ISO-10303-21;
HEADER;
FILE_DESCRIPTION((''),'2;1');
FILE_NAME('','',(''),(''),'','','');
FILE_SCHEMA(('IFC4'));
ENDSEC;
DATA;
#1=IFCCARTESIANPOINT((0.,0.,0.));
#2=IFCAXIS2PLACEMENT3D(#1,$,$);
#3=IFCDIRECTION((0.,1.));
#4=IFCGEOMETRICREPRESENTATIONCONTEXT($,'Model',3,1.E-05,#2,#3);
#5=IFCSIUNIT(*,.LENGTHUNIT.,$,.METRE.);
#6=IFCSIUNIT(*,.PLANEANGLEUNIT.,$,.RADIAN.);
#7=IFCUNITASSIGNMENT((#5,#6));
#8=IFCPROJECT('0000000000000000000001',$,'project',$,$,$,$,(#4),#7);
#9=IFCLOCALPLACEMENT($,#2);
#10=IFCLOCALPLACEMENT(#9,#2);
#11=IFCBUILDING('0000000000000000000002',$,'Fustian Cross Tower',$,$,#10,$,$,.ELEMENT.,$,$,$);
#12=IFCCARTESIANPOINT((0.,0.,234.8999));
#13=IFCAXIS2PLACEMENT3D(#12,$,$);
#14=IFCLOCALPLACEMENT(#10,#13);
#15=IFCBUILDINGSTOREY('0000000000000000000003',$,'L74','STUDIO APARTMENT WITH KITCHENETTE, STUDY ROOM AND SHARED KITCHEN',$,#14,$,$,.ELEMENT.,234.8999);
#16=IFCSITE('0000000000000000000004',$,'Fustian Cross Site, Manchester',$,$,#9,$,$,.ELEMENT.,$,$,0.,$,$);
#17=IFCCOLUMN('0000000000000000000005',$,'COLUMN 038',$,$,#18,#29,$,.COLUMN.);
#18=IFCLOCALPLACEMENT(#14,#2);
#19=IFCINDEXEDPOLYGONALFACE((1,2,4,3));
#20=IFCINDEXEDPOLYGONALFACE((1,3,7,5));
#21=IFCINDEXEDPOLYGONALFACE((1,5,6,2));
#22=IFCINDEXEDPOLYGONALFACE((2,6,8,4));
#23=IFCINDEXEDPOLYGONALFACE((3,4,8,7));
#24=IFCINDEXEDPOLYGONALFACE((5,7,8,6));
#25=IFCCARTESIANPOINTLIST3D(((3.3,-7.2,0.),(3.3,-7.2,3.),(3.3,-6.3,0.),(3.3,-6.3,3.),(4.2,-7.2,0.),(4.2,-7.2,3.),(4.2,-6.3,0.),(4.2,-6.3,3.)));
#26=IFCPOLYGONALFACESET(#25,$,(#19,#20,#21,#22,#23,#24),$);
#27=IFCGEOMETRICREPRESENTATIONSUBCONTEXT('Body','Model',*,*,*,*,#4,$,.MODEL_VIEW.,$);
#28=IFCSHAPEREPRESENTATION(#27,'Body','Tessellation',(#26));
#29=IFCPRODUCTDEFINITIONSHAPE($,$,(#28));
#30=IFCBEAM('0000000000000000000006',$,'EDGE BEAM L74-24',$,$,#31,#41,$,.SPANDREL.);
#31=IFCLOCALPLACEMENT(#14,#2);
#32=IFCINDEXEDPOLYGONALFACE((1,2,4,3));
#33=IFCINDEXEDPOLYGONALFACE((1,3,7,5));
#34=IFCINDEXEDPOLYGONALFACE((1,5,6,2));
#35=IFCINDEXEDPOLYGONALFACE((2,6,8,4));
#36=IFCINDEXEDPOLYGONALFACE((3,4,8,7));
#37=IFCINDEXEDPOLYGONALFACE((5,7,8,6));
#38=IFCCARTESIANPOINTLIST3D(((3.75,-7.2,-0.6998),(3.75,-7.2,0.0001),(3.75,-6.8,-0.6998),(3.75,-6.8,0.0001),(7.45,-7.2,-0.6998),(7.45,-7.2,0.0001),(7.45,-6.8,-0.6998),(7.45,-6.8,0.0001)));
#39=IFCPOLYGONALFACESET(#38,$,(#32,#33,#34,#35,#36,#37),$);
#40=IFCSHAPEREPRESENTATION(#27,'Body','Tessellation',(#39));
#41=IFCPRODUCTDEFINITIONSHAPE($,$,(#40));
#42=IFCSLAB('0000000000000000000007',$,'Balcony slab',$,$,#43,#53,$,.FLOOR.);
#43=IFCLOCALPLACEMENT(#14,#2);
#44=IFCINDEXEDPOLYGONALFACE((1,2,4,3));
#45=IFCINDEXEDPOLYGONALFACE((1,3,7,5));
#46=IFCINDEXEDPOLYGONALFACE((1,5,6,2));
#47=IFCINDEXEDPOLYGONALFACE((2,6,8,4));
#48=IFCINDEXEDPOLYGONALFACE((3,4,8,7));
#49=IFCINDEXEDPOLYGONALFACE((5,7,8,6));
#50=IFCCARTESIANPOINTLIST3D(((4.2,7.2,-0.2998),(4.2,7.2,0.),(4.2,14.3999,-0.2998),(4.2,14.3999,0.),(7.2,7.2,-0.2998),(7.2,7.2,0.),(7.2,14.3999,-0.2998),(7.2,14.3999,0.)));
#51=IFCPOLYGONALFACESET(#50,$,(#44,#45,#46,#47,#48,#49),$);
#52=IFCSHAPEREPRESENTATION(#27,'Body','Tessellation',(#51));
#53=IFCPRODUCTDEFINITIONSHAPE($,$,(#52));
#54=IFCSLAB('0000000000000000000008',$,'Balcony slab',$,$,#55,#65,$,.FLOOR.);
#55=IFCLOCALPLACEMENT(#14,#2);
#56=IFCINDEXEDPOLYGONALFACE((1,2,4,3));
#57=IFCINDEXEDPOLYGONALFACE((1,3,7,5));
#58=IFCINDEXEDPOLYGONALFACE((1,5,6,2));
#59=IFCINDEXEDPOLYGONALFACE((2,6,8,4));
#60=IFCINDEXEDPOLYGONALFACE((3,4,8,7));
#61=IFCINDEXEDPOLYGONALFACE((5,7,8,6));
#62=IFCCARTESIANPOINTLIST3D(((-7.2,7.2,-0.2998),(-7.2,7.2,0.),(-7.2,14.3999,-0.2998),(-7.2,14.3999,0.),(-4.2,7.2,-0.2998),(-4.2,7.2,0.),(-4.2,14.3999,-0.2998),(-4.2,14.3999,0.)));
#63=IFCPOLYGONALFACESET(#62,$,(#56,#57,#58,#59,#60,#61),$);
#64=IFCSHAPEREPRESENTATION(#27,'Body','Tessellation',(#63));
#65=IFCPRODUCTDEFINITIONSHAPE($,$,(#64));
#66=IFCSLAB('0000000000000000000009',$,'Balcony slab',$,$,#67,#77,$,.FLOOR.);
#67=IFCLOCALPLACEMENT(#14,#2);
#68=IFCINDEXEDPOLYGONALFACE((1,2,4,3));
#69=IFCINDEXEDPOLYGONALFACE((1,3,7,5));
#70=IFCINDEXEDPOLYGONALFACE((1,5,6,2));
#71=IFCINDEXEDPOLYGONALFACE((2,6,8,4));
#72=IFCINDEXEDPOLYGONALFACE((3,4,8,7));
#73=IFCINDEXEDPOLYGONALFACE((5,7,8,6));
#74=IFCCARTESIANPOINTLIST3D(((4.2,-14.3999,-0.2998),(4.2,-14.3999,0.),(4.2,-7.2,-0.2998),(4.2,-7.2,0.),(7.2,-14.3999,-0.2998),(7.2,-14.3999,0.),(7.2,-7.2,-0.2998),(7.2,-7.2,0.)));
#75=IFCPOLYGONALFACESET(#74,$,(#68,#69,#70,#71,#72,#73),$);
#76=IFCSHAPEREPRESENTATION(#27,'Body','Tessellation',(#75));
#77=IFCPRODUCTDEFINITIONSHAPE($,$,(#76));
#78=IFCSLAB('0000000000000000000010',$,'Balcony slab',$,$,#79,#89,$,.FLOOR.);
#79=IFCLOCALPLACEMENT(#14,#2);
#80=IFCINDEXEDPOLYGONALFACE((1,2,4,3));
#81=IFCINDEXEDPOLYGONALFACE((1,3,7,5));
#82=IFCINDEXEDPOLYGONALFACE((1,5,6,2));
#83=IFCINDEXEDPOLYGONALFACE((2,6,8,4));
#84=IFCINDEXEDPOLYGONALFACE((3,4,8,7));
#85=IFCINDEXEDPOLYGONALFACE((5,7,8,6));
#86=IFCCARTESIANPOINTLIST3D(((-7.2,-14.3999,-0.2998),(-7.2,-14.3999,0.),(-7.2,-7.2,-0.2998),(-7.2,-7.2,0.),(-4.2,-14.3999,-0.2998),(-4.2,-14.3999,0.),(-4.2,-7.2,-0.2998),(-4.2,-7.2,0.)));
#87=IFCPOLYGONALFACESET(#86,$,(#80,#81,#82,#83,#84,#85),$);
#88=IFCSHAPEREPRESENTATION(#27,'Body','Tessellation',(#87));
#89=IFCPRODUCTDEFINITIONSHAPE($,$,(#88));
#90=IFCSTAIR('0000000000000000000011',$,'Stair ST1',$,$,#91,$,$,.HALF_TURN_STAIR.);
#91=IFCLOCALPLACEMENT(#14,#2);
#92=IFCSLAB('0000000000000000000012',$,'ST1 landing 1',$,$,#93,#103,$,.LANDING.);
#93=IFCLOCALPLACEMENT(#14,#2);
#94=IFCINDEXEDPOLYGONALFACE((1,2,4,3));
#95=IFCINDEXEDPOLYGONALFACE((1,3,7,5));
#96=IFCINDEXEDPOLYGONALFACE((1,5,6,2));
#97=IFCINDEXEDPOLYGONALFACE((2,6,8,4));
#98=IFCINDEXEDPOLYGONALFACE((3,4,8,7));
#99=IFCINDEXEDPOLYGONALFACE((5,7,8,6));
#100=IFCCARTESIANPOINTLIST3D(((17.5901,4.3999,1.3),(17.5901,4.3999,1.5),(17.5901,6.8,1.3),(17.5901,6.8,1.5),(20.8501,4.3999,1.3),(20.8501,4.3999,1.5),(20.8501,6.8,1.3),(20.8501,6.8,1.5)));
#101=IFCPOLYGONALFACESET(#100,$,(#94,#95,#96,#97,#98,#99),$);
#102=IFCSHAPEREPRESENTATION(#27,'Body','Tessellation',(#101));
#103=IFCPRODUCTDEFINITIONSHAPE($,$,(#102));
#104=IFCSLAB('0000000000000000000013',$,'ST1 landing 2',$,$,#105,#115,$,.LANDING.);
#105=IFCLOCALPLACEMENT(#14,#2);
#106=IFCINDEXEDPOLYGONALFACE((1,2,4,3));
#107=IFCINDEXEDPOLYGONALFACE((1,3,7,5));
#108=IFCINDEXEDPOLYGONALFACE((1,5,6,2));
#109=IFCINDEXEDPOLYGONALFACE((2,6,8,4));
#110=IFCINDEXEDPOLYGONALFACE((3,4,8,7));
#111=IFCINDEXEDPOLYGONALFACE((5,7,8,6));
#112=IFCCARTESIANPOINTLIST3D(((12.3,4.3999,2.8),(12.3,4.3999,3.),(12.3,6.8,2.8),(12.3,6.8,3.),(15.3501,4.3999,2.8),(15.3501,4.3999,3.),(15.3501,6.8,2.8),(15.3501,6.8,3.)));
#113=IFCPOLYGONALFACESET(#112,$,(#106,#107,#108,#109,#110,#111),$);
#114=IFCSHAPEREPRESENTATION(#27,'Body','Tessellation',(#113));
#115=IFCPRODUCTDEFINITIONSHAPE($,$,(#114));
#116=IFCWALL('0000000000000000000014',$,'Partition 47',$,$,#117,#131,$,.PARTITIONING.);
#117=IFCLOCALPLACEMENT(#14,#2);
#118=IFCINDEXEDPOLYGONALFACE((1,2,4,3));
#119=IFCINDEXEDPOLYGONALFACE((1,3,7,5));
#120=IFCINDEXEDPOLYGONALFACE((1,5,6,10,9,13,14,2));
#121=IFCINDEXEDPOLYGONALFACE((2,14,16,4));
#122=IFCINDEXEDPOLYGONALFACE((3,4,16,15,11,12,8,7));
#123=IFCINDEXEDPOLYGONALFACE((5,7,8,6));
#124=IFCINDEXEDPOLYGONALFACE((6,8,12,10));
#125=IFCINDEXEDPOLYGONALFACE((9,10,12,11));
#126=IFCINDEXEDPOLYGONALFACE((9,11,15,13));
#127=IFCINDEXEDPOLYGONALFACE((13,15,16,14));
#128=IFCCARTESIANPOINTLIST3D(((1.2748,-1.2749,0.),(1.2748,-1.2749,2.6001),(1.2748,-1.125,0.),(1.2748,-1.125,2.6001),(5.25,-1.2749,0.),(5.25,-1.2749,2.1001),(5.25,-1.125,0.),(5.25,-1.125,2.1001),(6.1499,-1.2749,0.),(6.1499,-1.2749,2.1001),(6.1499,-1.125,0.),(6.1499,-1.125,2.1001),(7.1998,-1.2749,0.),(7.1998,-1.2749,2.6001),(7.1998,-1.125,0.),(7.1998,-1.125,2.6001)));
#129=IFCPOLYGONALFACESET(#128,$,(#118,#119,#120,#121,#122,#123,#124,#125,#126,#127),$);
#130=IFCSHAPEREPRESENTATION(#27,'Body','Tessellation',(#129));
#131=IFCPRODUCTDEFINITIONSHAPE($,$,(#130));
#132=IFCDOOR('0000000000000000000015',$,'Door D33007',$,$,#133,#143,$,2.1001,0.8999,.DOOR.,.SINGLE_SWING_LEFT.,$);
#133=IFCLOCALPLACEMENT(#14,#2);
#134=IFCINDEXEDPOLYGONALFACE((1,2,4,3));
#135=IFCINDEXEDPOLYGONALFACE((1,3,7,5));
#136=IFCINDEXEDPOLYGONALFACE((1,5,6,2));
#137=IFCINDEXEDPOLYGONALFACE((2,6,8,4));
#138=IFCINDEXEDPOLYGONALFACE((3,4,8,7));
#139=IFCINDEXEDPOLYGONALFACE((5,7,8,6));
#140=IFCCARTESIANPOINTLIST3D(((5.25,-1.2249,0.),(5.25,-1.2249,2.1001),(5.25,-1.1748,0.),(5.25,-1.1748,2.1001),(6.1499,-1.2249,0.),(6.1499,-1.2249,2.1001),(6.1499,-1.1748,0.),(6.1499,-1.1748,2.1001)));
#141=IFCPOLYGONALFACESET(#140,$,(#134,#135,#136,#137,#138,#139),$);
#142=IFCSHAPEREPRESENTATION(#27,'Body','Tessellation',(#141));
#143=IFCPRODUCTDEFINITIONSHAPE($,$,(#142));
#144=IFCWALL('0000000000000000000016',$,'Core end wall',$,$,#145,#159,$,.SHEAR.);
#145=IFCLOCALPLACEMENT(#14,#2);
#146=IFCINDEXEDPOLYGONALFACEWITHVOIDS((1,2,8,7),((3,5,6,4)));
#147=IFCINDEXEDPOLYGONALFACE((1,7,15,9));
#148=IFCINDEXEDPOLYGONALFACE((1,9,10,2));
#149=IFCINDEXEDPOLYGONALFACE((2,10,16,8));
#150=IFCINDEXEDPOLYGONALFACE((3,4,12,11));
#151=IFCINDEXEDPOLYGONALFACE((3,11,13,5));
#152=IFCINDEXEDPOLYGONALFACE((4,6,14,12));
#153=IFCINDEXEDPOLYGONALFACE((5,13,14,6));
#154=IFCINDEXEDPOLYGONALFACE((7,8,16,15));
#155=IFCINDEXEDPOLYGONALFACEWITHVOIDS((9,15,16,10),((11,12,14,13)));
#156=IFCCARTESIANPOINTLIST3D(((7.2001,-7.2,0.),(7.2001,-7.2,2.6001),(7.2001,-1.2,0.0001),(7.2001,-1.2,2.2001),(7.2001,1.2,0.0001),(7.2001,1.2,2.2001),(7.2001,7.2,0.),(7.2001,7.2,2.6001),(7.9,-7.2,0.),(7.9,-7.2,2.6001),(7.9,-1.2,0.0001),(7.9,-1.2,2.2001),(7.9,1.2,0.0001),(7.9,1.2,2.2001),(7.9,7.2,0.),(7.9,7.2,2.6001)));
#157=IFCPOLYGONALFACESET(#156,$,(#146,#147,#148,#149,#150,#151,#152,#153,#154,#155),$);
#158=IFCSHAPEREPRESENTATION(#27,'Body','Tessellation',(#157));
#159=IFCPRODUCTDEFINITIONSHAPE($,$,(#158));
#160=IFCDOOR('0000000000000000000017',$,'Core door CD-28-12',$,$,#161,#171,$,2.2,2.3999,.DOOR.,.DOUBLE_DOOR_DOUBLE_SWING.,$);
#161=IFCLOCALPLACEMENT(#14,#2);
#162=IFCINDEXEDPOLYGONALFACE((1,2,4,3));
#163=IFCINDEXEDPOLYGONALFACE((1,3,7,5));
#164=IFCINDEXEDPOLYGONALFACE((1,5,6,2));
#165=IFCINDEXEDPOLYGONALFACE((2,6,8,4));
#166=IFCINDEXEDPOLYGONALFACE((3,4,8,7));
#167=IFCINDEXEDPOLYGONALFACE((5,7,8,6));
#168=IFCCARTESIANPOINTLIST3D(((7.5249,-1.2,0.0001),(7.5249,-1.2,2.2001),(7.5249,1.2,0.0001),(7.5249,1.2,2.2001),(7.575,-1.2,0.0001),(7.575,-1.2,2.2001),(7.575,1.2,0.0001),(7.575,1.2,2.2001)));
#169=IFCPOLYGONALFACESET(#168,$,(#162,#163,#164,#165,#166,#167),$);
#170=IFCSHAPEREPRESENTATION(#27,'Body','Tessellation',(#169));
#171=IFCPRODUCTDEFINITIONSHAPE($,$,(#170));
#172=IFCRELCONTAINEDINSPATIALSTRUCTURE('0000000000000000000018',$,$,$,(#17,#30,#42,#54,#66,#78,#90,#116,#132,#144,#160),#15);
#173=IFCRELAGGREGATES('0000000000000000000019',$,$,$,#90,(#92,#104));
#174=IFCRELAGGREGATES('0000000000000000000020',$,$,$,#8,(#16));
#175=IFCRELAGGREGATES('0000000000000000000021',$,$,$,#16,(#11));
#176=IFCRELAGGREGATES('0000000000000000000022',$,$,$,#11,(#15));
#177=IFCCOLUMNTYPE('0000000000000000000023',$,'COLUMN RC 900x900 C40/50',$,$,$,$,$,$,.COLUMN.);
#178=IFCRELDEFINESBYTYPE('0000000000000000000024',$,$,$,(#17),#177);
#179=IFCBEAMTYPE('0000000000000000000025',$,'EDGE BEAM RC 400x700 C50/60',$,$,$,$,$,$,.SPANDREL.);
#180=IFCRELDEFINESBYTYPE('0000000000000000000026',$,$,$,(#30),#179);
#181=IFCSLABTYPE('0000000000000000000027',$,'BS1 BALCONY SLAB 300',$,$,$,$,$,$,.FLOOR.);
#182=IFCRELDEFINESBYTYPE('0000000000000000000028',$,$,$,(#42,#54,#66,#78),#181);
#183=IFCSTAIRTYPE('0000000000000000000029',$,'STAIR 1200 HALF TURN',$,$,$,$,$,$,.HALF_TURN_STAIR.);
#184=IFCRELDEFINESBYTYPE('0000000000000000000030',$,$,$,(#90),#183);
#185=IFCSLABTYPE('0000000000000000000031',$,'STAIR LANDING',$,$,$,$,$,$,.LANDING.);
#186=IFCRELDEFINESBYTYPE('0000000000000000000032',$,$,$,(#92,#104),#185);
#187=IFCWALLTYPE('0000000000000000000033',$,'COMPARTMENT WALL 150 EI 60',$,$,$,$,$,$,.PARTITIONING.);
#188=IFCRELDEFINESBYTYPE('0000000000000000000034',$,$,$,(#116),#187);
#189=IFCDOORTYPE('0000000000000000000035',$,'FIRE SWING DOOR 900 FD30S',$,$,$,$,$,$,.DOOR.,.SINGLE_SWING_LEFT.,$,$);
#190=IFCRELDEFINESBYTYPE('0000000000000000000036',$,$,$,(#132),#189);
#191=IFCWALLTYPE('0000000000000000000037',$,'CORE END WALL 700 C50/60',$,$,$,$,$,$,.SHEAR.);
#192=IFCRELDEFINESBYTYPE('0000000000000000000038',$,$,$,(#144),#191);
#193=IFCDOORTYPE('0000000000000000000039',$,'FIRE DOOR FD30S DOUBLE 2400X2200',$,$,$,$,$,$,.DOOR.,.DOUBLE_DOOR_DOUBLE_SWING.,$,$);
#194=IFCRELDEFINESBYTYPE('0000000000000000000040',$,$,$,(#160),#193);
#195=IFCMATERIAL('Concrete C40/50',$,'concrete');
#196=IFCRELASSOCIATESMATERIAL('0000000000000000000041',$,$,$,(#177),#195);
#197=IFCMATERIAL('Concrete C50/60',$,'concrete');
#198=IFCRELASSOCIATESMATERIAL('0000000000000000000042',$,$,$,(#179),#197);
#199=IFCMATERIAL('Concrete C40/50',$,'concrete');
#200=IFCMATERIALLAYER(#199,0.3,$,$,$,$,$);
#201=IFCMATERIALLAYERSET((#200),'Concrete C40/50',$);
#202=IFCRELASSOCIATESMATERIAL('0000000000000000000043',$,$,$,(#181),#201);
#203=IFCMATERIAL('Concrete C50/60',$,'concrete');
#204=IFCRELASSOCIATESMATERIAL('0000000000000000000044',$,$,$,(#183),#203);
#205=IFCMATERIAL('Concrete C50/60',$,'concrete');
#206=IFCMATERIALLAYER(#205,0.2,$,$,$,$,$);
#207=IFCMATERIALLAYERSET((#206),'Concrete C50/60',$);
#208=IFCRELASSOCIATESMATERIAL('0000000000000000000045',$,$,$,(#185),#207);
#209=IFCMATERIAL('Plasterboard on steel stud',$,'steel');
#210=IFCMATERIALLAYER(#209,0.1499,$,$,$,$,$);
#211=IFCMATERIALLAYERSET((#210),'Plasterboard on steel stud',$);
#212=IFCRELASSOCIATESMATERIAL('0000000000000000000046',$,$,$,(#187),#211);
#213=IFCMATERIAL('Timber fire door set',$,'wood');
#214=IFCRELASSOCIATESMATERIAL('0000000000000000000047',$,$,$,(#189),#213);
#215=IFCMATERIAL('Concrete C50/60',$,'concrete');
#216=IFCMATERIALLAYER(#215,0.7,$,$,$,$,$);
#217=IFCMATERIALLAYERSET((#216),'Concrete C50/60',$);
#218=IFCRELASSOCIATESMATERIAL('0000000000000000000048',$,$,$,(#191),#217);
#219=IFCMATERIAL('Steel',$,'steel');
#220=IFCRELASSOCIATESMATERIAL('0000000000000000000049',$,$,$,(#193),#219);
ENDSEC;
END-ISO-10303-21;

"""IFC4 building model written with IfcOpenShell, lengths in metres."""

from ifc_helpers import new_model, si_unit, direction, frame, frame_2d, origin, origin_2d, place, context, subcontext, project, spatial, polyline, rectangle, outline, extrude, material, layer, layer_set, material_profile, profile_set, type_object, element, fill, aggregate, save


model = new_model("IFC4")

# Units and contexts
model_context = context("Model", 3, precision=1e-05, world=origin(), true_north=direction((0.0, 1.0)))
body_context = subcontext(model_context, "Body", "Model", "MODEL_VIEW")
ifc_project = project(units=[si_unit("LENGTHUNIT", "METRE"), si_unit("PLANEANGLEUNIT", "RADIAN")], contexts=[model_context])

# Site, building, storey
site_placement = place(None, origin())
site = spatial("IfcSite", under=ifc_project, at=site_placement, Name="Fustian Cross Site, Manchester", CompositionType="ELEMENT", RefElevation=0.0)
building_placement = place(site_placement, origin())
building = spatial("IfcBuilding", under=site, at=building_placement, Name="Fustian Cross Tower", CompositionType="ELEMENT")
storey_placement = place(building_placement, frame((0.0, 0.0, 234.8999)))
storey = spatial("IfcBuildingStorey", under=building, at=storey_placement, Name="L74", Description="STUDIO APARTMENT WITH KITCHENETTE, STUDY ROOM AND SHARED KITCHEN", CompositionType="ELEMENT", Elevation=234.8999)

# Column
ifc_material_1 = material(Name="Concrete C40/50", Category="concrete")
ifc_material_profile_1 = material_profile(ifc_material_1, rectangle(XDim=0.8999, YDim=0.8999, at=origin_2d()), Name="RC 900x900")
ifc_profile_set_1 = profile_set([ifc_material_profile_1], Name="Concrete C40/50")
column_type = type_object("IfcColumnType", Name="COLUMN RC 900x900 C40/50", PredefinedType="COLUMN", material=ifc_profile_set_1)
column_placement = place(storey_placement, frame((3.75, -6.75, 0.0), z_axis=(0.0, 0.0, 1.0), x_axis=(1.0, 0.0, 0.0)))
element("IfcColumn", 1, at=column_placement, inside=storey, type_object=column_type, Name="COLUMN 038", PredefinedType="COLUMN", context=body_context, shape_type="SweptSolid", body=[
    extrude(rectangle(XDim=0.8999, YDim=0.8999, at=origin_2d()), origin(), (0.0, 0.0, 1.0), 3.0),
])

# Beam
ifc_material_2 = material(Name="Concrete C50/60", Category="concrete")
ifc_material_profile_2 = material_profile(ifc_material_2, rectangle(XDim=0.3999, YDim=0.7, at=origin_2d()), Name="RC 400x700")
ifc_profile_set_2 = profile_set([ifc_material_profile_2], Name="Concrete C50/60")
beam_type = type_object("IfcBeamType", Name="EDGE BEAM RC 400x700 C50/60", PredefinedType="SPANDREL", material=ifc_profile_set_2)
beam_placement = place(storey_placement, frame((3.75, -7.0, -0.3499), z_axis=(1.0, 0.0, 0.0), x_axis=(0.0, 1.0, 0.0)))
element("IfcBeam", 2, at=beam_placement, inside=storey, type_object=beam_type, Name="EDGE BEAM L74-24", PredefinedType="SPANDREL", context=body_context, shape_type="SweptSolid", body=[
    extrude(rectangle(XDim=0.3999, YDim=0.7, at=origin_2d()), origin(), (0.0, 0.0, 1.0), 3.7),
])

# Slabs
ifc_material_3 = material(Name="Concrete C40/50", Category="concrete")
ifc_layer_1 = layer(ifc_material_3, 0.3)
ifc_layer_set_1 = layer_set([ifc_layer_1], Name="Concrete C40/50")
slab_type_1 = type_object("IfcSlabType", Name="BS1 BALCONY SLAB 300", PredefinedType="FLOOR", material=ifc_layer_set_1)
slab_1_placement = place(storey_placement, frame((0.0, 0.0, -0.2998)))
element("IfcSlab", 3, at=slab_1_placement, inside=storey, type_object=slab_type_1, Name="Balcony slab", PredefinedType="FLOOR", context=body_context, shape_type="SweptSolid", body=[
    extrude(outline(polyline([(4.2, 7.2), (7.2, 7.2), (7.2, 14.3999), (4.2, 14.3999), (4.2, 7.2)])), origin(), (0.0, 0.0, 1.0), 0.2998),
])
slab_2_placement = place(storey_placement, frame((0.0, 0.0, -0.2998)))
element("IfcSlab", 4, at=slab_2_placement, inside=storey, type_object=slab_type_1, Name="Balcony slab", PredefinedType="FLOOR", context=body_context, shape_type="SweptSolid", body=[
    extrude(outline(polyline([(-7.2, 7.2), (-4.2, 7.2), (-4.2, 14.3999), (-7.2, 14.3999), (-7.2, 7.2)])), origin(), (0.0, 0.0, 1.0), 0.2998),
])
slab_3_placement = place(storey_placement, frame((0.0, 0.0, -0.2998)))
element("IfcSlab", 5, at=slab_3_placement, inside=storey, type_object=slab_type_1, Name="Balcony slab", PredefinedType="FLOOR", context=body_context, shape_type="SweptSolid", body=[
    extrude(outline(polyline([(4.2, -14.3999), (7.2, -14.3999), (7.2, -7.2), (4.2, -7.2), (4.2, -14.3999)])), origin(), (0.0, 0.0, 1.0), 0.2998),
])
slab_4_placement = place(storey_placement, frame((0.0, 0.0, -0.2998)))
element("IfcSlab", 6, at=slab_4_placement, inside=storey, type_object=slab_type_1, Name="Balcony slab", PredefinedType="FLOOR", context=body_context, shape_type="SweptSolid", body=[
    extrude(outline(polyline([(-7.2, -14.3999), (-4.2, -14.3999), (-4.2, -7.2), (-7.2, -7.2), (-7.2, -14.3999)])), origin(), (0.0, 0.0, 1.0), 0.2998),
])

# Stair, slabs
ifc_material_4 = material(Name="Concrete C50/60", Category="concrete")
stair_type = type_object("IfcStairType", Name="STAIR 1200 HALF TURN", PredefinedType="HALF_TURN_STAIR", material=ifc_material_4)
stair_placement = place(storey_placement, origin())
stair = element("IfcStair", 7, at=stair_placement, inside=storey, type_object=stair_type, Name="Stair ST1", PredefinedType="HALF_TURN_STAIR")
ifc_material_5 = material(Name="Concrete C50/60", Category="concrete")
ifc_layer_2 = layer(ifc_material_5, 0.2)
ifc_layer_set_2 = layer_set([ifc_layer_2], Name="Concrete C50/60")
slab_type_2 = type_object("IfcSlabType", Name="STAIR LANDING", PredefinedType="LANDING", material=ifc_layer_set_2)
slab_5_placement = place(storey_placement, frame((0.0, 0.0, 1.3)))
slab_5 = element("IfcSlab", 8, at=slab_5_placement, type_object=slab_type_2, Name="ST1 landing 1", PredefinedType="LANDING", context=body_context, shape_type="SweptSolid", body=[
    extrude(outline(polyline([(17.5901, 4.3999), (20.8501, 4.3999), (20.8501, 6.8), (17.5901, 6.8), (17.5901, 4.3999)])), origin(), (0.0, 0.0, 1.0), 0.2),
])
slab_6_placement = place(storey_placement, frame((0.0, 0.0, 2.8)))
slab_6 = element("IfcSlab", 9, at=slab_6_placement, type_object=slab_type_2, Name="ST1 landing 2", PredefinedType="LANDING", context=body_context, shape_type="SweptSolid", body=[
    extrude(outline(polyline([(12.3, 4.3999), (15.3501, 4.3999), (15.3501, 6.8), (12.3, 6.8), (12.3, 4.3999)])), origin(), (0.0, 0.0, 1.0), 0.2),
])
aggregate(stair, [slab_5, slab_6])

# Walls, openings, doors
ifc_material_6 = material(Name="Plasterboard on steel stud", Category="steel")
ifc_layer_3 = layer(ifc_material_6, 0.1499)
ifc_layer_set_3 = layer_set([ifc_layer_3], Name="Plasterboard on steel stud")
wall_type_1 = type_object("IfcWallType", Name="COMPARTMENT WALL 150 EI 60", PredefinedType="PARTITIONING", material=ifc_layer_set_3)
wall_1_placement = place(storey_placement, frame((1.2749, -1.2, 0.0), z_axis=(0.0, 0.0, 1.0), x_axis=(1.0, 0.0, 0.0)))
wall_1 = element("IfcWall", 10, at=wall_1_placement, inside=storey, type_object=wall_type_1, Name="Partition 47", PredefinedType="PARTITIONING", context=body_context, shape_type="SweptSolid", body=[
    extrude(rectangle(XDim=5.925, YDim=0.1499, at=frame_2d((2.9624, 0.0))), origin(), (0.0, 0.0, 1.0), 2.6001),
])
opening_1_placement = place(wall_1_placement, frame((3.9751, 0.0, 0.0)))
opening_1 = element("IfcOpeningElement", 11, at=opening_1_placement, cuts=wall_1, PredefinedType="OPENING", context=body_context, shape_type="SweptSolid", body=[
    extrude(rectangle(XDim=0.8999, YDim=2.1001, at=frame_2d((0.45, 1.05))), frame((0.0, 0.085, 0.0), z_axis=(0.0, -1.0, 0.0), x_axis=(1.0, 0.0, 0.0)), (0.0, 0.0, 1.0), 0.1699),
])
ifc_material_7 = material(Name="Timber fire door set", Category="wood")
door_type_1 = type_object("IfcDoorType", Name="FIRE SWING DOOR 900 FD30S", OperationType="SINGLE_SWING_LEFT", PredefinedType="DOOR", material=ifc_material_7)
door_1_placement = place(opening_1_placement, frame((0.8999, 0.0, 0.0), z_axis=(0.0, 0.0, 1.0), x_axis=(-1.0, 0.0, 0.0)))
door_1 = element("IfcDoor", 12, at=door_1_placement, inside=storey, type_object=door_type_1, Name="Door D33007", OperationType="SINGLE_SWING_LEFT", OverallHeight=2.1001, OverallWidth=0.8999, PredefinedType="DOOR", context=body_context, shape_type="SweptSolid", body=[
    extrude(rectangle(XDim=0.8999, YDim=2.1001, at=frame_2d((0.45, 1.05))), frame((0.0, 0.0249, 0.0), z_axis=(0.0, -1.0, 0.0), x_axis=(1.0, 0.0, 0.0)), (0.0, 0.0, 1.0), 0.05),
])
fill(opening_1, door_1)
ifc_material_8 = material(Name="Concrete C50/60", Category="concrete")
ifc_layer_4 = layer(ifc_material_8, 0.7)
ifc_layer_set_4 = layer_set([ifc_layer_4], Name="Concrete C50/60")
wall_type_2 = type_object("IfcWallType", Name="CORE END WALL 700 C50/60", PredefinedType="SHEAR", material=ifc_layer_set_4)
wall_2_placement = place(storey_placement, frame((7.55, -7.2, 0.0), z_axis=(0.0, 0.0, 1.0), x_axis=(0.0, 1.0, 0.0)))
wall_2 = element("IfcWall", 13, at=wall_2_placement, inside=storey, type_object=wall_type_2, Name="Core end wall", PredefinedType="SHEAR", context=body_context, shape_type="SweptSolid", body=[
    extrude(rectangle(XDim=14.3999, YDim=0.7, at=frame_2d((7.2, 0.0))), origin(), (0.0, 0.0, 1.0), 2.6001),
])
opening_2_placement = place(wall_2_placement, frame((6.0, 0.0, 0.0)))
opening_2 = element("IfcOpeningElement", 14, at=opening_2_placement, cuts=wall_2, PredefinedType="OPENING", context=body_context, shape_type="SweptSolid", body=[
    extrude(rectangle(XDim=2.3999, YDim=2.2, at=frame_2d((1.2, 1.1001))), frame((0.0, 0.3599, 0.0), z_axis=(0.0, -1.0, 0.0), x_axis=(1.0, 0.0, 0.0)), (0.0, 0.0, 1.0), 0.72),
])
ifc_material_9 = material(Name="Steel", Category="steel")
door_type_2 = type_object("IfcDoorType", Name="FIRE DOOR FD30S DOUBLE 2400X2200", OperationType="DOUBLE_DOOR_DOUBLE_SWING", PredefinedType="DOOR", material=ifc_material_9)
door_2_placement = place(opening_2_placement, frame((2.3999, 0.0, 0.0), z_axis=(0.0, 0.0, 1.0), x_axis=(-1.0, 0.0, 0.0)))
door_2 = element("IfcDoor", 15, at=door_2_placement, inside=storey, type_object=door_type_2, Name="Core door CD-28-12", OperationType="DOUBLE_DOOR_DOUBLE_SWING", OverallHeight=2.2, OverallWidth=2.3999, PredefinedType="DOOR", context=body_context, shape_type="SweptSolid", body=[
    extrude(rectangle(XDim=2.3999, YDim=2.2, at=frame_2d((1.2, 1.1001))), frame((0.0, 0.0249, 0.0), z_axis=(0.0, -1.0, 0.0), x_axis=(1.0, 0.0, 0.0)), (0.0, 0.0, 1.0), 0.05),
])
fill(opening_2, door_2)

save(model, "model.ifc")
